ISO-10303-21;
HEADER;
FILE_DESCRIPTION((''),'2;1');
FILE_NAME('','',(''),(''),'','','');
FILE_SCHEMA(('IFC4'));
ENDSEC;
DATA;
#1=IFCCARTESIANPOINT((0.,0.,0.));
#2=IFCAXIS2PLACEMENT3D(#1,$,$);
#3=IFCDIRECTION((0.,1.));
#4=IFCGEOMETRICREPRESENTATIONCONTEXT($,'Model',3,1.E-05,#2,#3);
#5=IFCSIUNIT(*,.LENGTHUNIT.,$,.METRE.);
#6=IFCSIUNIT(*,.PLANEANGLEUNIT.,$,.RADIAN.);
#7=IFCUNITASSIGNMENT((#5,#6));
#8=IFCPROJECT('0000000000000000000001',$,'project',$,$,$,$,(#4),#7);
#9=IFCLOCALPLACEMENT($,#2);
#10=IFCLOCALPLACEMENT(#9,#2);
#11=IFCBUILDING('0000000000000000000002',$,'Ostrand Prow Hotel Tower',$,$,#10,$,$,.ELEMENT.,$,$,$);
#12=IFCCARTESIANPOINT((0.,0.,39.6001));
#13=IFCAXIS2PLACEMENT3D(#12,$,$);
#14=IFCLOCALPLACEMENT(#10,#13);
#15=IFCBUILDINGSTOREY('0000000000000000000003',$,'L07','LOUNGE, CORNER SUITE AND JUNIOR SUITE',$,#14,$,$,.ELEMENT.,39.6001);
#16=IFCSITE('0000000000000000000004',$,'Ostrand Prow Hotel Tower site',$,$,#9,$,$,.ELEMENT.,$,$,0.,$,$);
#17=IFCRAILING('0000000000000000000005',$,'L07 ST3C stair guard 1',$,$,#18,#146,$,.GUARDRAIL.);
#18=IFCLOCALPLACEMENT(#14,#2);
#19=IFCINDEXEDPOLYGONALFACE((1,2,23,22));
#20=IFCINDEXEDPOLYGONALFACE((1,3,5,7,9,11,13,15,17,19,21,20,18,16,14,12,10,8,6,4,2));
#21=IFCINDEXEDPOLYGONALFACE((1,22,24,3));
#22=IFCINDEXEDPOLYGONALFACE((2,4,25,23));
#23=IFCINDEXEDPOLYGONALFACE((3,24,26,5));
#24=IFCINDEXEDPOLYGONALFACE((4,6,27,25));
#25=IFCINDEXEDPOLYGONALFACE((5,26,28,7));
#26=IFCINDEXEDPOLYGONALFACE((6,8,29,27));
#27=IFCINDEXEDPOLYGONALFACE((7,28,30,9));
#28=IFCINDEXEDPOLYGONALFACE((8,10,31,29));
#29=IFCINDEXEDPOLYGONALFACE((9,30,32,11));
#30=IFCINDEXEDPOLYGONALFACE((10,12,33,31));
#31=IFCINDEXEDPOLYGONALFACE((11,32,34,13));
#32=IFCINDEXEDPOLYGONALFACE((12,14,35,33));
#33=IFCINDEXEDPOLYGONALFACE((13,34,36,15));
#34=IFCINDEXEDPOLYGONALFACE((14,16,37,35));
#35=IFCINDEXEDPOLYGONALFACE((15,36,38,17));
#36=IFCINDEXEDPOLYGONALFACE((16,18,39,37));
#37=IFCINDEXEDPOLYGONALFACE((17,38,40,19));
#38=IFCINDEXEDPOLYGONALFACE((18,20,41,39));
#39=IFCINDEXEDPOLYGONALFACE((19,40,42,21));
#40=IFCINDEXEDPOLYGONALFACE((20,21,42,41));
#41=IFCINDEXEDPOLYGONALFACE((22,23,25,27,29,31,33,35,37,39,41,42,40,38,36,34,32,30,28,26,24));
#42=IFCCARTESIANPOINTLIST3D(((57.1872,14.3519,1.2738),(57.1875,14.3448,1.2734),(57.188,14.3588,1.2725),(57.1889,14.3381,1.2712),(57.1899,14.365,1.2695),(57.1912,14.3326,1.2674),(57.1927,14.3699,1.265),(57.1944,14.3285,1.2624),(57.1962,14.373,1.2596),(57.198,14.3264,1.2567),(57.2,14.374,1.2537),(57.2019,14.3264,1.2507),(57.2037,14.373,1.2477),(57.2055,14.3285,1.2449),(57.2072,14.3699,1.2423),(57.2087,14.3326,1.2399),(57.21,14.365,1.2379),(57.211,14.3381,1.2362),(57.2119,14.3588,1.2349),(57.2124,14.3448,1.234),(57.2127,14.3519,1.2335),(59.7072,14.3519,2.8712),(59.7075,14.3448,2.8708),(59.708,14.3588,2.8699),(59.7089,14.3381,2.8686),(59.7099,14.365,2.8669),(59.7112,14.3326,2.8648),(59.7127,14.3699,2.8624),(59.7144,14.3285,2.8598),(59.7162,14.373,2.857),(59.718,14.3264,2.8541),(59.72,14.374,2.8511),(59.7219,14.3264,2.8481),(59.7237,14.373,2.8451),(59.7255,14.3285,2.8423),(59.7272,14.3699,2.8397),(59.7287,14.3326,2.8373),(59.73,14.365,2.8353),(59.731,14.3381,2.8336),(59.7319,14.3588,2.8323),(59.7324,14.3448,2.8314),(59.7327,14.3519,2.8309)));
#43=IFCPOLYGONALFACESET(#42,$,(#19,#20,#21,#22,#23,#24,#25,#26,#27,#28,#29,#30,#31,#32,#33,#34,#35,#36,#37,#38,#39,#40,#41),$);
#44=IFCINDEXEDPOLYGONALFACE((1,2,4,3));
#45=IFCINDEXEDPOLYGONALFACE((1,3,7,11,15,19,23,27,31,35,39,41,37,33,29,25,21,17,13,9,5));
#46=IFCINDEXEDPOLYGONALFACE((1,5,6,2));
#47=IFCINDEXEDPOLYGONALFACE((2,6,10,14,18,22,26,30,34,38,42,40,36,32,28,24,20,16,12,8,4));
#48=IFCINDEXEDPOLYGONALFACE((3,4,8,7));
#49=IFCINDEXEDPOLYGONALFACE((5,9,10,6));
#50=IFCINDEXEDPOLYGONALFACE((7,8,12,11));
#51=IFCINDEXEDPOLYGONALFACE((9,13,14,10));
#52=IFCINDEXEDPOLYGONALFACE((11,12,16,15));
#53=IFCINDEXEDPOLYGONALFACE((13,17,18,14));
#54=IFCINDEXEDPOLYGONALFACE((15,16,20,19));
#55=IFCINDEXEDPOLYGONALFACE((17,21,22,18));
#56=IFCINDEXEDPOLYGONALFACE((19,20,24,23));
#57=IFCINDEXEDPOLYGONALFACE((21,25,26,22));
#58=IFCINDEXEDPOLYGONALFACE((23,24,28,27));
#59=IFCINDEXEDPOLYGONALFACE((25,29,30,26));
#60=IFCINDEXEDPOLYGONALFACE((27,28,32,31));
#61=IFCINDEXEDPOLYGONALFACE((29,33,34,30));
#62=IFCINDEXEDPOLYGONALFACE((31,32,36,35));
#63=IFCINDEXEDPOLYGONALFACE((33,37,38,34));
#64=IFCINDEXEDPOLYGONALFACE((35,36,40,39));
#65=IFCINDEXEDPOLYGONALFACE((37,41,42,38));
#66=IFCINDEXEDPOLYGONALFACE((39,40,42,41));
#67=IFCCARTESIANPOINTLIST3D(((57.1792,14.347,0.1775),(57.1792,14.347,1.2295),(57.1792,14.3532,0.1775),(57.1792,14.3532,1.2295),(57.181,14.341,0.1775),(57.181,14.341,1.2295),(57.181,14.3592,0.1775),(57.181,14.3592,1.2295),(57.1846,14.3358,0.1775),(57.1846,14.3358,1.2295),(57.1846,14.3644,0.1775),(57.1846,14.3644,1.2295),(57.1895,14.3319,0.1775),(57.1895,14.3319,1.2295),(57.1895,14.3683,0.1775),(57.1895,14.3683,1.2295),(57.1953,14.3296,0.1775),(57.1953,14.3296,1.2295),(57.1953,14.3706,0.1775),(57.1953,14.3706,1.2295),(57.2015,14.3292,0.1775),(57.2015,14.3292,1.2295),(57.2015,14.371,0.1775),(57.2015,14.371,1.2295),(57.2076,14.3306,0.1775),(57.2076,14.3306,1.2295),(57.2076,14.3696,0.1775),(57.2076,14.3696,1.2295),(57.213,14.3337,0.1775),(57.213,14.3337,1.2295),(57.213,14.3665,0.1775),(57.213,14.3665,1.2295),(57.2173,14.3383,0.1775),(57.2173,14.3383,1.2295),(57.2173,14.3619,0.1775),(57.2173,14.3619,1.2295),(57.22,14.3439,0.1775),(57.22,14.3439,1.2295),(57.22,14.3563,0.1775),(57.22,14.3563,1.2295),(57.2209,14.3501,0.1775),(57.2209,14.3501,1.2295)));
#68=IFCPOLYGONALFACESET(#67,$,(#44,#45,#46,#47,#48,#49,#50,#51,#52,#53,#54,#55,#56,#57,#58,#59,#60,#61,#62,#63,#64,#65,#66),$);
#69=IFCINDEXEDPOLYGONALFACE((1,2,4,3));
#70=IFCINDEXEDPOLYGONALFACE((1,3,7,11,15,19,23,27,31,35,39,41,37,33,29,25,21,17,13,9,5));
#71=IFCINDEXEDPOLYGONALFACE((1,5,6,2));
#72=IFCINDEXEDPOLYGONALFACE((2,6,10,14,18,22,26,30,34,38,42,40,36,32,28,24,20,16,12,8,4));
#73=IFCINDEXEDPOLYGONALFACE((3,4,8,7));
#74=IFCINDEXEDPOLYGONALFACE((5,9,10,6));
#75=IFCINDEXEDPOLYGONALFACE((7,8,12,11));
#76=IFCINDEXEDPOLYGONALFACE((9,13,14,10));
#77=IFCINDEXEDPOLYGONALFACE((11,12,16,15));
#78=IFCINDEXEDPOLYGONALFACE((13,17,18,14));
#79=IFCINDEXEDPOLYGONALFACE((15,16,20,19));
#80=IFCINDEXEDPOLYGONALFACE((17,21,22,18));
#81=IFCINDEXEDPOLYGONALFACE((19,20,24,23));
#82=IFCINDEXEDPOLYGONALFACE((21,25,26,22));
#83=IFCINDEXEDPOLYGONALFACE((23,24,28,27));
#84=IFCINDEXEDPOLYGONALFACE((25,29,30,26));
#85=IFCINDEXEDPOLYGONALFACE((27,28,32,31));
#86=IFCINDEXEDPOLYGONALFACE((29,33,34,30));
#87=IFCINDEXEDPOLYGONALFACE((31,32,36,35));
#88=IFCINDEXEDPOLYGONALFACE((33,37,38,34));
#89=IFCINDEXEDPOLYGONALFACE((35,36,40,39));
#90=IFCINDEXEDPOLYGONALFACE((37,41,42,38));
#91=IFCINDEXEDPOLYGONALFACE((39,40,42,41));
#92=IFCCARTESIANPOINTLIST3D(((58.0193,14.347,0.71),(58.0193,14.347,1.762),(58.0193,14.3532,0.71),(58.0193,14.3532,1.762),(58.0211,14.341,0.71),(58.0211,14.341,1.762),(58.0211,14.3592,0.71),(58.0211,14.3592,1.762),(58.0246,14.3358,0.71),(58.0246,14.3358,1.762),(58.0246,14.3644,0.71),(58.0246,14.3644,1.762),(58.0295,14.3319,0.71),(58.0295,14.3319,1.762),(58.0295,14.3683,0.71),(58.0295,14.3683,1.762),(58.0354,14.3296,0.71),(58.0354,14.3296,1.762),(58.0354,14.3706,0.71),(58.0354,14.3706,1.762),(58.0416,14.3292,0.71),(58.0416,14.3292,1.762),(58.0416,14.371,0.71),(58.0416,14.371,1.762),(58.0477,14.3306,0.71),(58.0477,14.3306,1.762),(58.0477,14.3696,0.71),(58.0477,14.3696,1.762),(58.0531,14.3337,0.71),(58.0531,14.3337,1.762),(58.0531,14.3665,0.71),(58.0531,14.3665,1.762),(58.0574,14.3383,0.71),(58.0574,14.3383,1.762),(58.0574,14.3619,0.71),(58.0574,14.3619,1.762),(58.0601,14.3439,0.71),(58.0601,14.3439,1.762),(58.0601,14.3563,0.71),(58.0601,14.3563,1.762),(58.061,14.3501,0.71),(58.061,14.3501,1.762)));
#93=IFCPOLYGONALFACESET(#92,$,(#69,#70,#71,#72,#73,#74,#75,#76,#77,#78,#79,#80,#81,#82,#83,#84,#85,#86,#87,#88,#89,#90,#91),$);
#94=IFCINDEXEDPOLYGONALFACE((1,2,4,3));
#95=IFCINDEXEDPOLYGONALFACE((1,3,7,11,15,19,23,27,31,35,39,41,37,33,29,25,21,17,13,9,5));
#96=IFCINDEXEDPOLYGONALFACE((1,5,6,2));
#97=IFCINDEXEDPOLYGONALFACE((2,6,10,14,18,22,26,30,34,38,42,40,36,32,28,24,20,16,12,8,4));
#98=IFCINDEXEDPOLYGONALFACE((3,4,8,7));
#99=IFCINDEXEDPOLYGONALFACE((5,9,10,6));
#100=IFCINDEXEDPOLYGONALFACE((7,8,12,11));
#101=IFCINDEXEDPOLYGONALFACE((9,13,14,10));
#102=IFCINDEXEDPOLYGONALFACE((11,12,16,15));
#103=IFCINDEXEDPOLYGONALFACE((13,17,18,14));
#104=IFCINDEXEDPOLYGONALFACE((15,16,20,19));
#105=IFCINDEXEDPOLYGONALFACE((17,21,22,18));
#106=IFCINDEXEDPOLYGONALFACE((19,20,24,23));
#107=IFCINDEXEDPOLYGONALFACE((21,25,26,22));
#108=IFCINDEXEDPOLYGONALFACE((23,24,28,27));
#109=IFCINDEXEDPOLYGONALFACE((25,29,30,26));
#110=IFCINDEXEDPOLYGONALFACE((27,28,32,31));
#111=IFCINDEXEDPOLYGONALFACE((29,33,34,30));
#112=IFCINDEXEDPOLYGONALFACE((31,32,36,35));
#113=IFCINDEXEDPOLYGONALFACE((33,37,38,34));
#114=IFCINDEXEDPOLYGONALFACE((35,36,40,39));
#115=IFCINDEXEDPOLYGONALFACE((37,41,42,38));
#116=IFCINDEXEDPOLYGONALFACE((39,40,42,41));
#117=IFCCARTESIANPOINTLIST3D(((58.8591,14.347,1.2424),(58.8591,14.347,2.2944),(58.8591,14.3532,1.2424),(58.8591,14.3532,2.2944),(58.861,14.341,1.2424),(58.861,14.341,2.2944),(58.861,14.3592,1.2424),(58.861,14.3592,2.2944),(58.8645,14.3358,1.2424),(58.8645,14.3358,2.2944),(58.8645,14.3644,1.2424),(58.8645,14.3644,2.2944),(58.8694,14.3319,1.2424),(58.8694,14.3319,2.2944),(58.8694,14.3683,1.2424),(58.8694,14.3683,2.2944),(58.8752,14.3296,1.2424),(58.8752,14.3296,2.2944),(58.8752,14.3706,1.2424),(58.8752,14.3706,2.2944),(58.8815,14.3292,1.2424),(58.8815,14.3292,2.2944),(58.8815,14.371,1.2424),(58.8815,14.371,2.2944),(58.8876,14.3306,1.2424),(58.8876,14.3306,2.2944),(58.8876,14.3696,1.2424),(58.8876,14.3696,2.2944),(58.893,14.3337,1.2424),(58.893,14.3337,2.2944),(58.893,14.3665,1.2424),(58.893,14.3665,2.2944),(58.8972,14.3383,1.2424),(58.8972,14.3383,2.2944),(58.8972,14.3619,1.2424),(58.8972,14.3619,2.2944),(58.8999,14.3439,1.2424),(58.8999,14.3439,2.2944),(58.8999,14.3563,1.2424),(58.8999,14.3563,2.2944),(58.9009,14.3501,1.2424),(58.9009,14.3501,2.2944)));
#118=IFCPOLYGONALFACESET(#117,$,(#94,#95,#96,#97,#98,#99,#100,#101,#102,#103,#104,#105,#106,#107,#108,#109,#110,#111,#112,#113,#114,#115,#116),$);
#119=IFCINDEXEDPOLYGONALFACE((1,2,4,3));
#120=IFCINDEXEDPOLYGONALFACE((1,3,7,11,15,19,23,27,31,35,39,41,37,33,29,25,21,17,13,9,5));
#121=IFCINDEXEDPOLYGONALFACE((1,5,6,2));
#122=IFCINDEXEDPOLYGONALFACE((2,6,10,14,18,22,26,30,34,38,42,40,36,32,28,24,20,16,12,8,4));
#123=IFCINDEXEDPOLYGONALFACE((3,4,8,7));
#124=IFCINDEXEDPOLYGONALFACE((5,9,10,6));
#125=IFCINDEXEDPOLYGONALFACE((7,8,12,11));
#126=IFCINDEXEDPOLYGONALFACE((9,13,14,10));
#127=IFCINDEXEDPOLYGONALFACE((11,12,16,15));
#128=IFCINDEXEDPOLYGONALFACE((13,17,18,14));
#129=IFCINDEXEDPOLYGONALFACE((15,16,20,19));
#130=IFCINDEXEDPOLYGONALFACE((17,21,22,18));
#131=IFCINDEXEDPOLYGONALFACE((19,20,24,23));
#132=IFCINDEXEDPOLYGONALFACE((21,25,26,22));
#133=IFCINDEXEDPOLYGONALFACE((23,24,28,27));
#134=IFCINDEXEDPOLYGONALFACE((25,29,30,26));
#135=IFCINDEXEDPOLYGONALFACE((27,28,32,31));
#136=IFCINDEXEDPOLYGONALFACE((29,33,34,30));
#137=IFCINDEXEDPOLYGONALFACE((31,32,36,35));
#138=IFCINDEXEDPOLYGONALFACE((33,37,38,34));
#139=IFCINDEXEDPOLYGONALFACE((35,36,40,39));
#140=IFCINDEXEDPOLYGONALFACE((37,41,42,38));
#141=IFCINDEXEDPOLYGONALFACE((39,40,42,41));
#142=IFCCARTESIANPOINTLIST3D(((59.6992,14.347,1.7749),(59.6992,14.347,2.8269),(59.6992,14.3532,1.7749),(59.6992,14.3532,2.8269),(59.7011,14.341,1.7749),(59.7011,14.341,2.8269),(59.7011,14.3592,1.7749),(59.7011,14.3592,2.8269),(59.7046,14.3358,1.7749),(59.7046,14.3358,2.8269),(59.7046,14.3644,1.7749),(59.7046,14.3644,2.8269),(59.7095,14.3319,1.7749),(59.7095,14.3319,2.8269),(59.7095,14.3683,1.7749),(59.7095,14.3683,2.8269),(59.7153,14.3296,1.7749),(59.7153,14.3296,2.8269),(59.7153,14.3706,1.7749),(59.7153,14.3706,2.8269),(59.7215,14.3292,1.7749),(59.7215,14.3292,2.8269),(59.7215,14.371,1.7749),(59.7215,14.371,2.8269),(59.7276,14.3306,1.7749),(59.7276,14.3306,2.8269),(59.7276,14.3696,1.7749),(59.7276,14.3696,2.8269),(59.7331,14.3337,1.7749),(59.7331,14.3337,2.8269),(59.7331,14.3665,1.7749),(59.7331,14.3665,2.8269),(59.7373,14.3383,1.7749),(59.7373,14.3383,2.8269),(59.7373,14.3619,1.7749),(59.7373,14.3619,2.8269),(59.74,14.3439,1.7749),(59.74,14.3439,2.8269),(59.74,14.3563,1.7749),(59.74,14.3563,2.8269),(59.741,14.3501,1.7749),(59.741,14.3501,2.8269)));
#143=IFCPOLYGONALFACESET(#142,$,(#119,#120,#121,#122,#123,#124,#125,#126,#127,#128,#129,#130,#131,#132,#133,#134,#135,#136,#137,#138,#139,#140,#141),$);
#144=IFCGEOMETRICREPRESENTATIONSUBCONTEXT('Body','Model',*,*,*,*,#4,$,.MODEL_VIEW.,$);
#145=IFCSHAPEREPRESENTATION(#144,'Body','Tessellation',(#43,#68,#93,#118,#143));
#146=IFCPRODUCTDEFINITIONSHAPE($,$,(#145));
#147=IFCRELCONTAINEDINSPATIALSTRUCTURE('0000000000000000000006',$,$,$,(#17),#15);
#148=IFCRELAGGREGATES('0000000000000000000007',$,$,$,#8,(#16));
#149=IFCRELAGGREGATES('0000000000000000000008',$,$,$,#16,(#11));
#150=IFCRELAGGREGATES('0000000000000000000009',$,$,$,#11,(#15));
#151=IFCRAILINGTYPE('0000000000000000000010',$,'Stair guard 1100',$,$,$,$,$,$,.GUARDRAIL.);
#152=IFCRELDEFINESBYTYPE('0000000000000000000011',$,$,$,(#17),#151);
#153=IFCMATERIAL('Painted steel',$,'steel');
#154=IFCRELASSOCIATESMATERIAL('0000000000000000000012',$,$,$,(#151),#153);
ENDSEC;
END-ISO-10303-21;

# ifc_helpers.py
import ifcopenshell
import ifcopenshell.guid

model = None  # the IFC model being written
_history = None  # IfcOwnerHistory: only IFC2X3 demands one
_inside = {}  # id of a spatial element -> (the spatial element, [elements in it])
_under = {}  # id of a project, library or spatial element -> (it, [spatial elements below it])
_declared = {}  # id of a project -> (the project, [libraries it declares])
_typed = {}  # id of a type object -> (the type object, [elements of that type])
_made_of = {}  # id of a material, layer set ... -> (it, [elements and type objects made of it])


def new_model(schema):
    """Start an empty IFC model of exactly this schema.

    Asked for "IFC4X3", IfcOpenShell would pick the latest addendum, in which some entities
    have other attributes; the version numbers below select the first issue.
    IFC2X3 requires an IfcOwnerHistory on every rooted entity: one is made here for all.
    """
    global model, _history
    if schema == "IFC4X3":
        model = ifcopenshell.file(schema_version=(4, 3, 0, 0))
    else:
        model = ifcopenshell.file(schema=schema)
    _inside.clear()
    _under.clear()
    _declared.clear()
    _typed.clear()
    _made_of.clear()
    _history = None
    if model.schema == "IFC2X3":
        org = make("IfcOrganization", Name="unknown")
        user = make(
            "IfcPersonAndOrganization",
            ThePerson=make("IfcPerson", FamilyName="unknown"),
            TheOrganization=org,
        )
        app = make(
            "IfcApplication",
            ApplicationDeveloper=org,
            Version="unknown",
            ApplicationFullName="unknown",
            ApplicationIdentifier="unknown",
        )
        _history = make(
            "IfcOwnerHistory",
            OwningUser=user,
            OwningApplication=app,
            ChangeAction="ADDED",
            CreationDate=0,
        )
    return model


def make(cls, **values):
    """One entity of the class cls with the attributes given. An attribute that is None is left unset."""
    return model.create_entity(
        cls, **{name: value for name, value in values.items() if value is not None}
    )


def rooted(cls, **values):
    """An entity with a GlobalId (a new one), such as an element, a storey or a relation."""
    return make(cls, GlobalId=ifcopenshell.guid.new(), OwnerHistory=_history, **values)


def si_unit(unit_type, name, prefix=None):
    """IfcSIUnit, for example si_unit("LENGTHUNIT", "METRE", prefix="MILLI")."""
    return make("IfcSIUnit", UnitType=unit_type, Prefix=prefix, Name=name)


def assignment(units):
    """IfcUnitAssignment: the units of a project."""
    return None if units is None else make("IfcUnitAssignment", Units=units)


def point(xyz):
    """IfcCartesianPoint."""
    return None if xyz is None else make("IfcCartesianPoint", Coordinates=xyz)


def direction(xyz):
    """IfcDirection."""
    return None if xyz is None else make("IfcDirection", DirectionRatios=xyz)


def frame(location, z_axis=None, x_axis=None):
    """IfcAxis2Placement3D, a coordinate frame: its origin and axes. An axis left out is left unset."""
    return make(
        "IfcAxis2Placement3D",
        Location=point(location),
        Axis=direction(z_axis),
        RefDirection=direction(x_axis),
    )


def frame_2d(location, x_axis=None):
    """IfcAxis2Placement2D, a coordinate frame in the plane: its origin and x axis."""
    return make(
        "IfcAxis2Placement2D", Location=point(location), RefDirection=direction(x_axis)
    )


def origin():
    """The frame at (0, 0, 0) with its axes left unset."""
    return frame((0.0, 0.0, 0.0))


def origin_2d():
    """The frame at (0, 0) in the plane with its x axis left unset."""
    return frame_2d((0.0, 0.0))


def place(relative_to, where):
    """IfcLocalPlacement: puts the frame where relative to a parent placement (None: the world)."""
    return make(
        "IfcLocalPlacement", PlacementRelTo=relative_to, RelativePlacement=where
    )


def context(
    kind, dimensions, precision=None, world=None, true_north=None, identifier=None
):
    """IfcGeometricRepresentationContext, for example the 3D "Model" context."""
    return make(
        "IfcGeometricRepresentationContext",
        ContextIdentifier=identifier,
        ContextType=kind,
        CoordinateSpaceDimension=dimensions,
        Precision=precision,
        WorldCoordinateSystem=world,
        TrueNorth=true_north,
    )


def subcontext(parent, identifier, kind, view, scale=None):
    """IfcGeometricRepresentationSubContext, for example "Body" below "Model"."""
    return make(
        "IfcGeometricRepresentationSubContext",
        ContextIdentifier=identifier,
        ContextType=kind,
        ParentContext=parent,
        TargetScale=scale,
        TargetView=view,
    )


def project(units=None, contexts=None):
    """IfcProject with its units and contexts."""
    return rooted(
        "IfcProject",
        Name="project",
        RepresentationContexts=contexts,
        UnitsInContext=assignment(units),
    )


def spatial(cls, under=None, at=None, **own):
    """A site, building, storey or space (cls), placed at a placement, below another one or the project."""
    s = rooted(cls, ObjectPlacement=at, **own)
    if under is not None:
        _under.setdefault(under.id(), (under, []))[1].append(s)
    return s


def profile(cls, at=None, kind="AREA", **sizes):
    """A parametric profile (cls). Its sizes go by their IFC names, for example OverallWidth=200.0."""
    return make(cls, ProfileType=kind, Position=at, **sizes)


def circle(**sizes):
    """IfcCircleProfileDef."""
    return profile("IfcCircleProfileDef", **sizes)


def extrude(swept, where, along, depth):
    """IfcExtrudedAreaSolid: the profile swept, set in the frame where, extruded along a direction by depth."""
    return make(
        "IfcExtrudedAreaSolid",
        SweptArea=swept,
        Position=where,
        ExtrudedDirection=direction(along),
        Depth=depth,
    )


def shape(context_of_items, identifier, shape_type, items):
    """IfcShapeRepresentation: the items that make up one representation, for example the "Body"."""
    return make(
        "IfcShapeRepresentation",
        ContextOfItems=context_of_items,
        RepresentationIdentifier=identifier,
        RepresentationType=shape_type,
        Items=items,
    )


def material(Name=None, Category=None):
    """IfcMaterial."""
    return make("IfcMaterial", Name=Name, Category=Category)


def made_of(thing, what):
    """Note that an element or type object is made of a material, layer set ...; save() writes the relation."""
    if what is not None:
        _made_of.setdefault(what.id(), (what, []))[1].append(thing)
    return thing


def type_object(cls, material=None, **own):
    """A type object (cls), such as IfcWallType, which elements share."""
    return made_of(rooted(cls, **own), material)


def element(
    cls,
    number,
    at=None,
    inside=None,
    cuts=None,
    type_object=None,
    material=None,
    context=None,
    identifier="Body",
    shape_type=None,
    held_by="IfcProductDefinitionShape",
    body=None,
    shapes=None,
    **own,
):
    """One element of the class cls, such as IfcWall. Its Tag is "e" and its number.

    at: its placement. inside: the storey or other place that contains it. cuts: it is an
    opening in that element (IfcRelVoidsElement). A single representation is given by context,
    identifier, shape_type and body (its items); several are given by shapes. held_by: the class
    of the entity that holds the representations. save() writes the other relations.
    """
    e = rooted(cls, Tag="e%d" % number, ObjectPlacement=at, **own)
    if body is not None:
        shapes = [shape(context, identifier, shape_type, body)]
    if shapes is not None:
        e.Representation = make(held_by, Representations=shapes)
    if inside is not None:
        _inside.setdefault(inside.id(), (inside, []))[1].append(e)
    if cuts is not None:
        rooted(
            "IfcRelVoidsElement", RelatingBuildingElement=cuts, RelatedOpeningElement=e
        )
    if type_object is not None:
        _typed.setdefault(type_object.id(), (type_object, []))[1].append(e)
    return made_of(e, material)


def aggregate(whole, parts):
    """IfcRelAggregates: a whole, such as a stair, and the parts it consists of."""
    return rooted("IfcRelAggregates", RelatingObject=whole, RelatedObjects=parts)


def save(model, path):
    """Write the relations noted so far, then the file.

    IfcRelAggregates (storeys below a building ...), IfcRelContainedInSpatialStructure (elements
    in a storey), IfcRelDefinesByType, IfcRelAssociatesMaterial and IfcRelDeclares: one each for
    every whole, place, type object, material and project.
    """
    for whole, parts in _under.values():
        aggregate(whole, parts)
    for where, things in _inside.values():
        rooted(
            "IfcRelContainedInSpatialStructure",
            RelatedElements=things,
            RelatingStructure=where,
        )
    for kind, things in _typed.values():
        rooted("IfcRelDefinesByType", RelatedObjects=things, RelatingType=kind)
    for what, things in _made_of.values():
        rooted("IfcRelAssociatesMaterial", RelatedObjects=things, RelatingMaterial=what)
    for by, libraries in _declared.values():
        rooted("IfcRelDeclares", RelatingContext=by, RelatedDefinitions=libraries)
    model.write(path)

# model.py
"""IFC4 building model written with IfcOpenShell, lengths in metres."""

from ifc_helpers import new_model, si_unit, direction, frame, origin, origin_2d, place, context, subcontext, project, spatial, circle, extrude, material, type_object, element, save


model = new_model("IFC4")

# Units and contexts
model_context = context("Model", 3, precision=1e-05, world=origin(), true_north=direction((0.0, 1.0)))
body_context = subcontext(model_context, "Body", "Model", "MODEL_VIEW")
ifc_project = project(units=[si_unit("LENGTHUNIT", "METRE"), si_unit("PLANEANGLEUNIT", "RADIAN")], contexts=[model_context])

# Site, building, storey
site_placement = place(None, origin())
site = spatial("IfcSite", under=ifc_project, at=site_placement, Name="Ostrand Prow Hotel Tower site", CompositionType="ELEMENT", RefElevation=0.0)
building_placement = place(site_placement, origin())
building = spatial("IfcBuilding", under=site, at=building_placement, Name="Ostrand Prow Hotel Tower", CompositionType="ELEMENT")
storey_placement = place(building_placement, frame((0.0, 0.0, 39.6001)))
storey = spatial("IfcBuildingStorey", under=building, at=storey_placement, Name="L07", Description="LOUNGE, CORNER SUITE AND JUNIOR SUITE", CompositionType="ELEMENT", Elevation=39.6001)

# Railing
ifc_material_1 = material(Name="Painted steel", Category="steel")
railing_type_1 = type_object("IfcRailingType", Name="Stair guard 1100", PredefinedType="GUARDRAIL", material=ifc_material_1)
railing_1_placement = place(storey_placement, frame((57.2, 14.3501, 0.1775)))
element("IfcRailing", 1, at=railing_1_placement, inside=storey, type_object=railing_type_1, Name="L07 ST3C stair guard 1", PredefinedType="GUARDRAIL", context=body_context, shape_type="SweptSolid", body=[
    extrude(circle(Radius=0.0239, at=origin_2d()), frame((0.0, 0.0, 1.0762), z_axis=(0.844607, 0.0, 0.535387), x_axis=(0.0, 1.0, 0.0)), (0.0, 0.0, 1.0), 2.9836),
    extrude(circle(Radius=0.021, at=origin_2d()), origin(), (0.0, 0.0, 1.0), 1.052),
    extrude(circle(Radius=0.021, at=origin_2d()), frame((0.8401, 0.0, 0.5325)), (0.0, 0.0, 1.0), 1.052),
    extrude(circle(Radius=0.021, at=origin_2d()), frame((1.6799, 0.0, 1.0649)), (0.0, 0.0, 1.0), 1.052),
    extrude(circle(Radius=0.021, at=origin_2d()), frame((2.52, 0.0, 1.5974)), (0.0, 0.0, 1.0), 1.052),
])

save(model, "model.ifc")
